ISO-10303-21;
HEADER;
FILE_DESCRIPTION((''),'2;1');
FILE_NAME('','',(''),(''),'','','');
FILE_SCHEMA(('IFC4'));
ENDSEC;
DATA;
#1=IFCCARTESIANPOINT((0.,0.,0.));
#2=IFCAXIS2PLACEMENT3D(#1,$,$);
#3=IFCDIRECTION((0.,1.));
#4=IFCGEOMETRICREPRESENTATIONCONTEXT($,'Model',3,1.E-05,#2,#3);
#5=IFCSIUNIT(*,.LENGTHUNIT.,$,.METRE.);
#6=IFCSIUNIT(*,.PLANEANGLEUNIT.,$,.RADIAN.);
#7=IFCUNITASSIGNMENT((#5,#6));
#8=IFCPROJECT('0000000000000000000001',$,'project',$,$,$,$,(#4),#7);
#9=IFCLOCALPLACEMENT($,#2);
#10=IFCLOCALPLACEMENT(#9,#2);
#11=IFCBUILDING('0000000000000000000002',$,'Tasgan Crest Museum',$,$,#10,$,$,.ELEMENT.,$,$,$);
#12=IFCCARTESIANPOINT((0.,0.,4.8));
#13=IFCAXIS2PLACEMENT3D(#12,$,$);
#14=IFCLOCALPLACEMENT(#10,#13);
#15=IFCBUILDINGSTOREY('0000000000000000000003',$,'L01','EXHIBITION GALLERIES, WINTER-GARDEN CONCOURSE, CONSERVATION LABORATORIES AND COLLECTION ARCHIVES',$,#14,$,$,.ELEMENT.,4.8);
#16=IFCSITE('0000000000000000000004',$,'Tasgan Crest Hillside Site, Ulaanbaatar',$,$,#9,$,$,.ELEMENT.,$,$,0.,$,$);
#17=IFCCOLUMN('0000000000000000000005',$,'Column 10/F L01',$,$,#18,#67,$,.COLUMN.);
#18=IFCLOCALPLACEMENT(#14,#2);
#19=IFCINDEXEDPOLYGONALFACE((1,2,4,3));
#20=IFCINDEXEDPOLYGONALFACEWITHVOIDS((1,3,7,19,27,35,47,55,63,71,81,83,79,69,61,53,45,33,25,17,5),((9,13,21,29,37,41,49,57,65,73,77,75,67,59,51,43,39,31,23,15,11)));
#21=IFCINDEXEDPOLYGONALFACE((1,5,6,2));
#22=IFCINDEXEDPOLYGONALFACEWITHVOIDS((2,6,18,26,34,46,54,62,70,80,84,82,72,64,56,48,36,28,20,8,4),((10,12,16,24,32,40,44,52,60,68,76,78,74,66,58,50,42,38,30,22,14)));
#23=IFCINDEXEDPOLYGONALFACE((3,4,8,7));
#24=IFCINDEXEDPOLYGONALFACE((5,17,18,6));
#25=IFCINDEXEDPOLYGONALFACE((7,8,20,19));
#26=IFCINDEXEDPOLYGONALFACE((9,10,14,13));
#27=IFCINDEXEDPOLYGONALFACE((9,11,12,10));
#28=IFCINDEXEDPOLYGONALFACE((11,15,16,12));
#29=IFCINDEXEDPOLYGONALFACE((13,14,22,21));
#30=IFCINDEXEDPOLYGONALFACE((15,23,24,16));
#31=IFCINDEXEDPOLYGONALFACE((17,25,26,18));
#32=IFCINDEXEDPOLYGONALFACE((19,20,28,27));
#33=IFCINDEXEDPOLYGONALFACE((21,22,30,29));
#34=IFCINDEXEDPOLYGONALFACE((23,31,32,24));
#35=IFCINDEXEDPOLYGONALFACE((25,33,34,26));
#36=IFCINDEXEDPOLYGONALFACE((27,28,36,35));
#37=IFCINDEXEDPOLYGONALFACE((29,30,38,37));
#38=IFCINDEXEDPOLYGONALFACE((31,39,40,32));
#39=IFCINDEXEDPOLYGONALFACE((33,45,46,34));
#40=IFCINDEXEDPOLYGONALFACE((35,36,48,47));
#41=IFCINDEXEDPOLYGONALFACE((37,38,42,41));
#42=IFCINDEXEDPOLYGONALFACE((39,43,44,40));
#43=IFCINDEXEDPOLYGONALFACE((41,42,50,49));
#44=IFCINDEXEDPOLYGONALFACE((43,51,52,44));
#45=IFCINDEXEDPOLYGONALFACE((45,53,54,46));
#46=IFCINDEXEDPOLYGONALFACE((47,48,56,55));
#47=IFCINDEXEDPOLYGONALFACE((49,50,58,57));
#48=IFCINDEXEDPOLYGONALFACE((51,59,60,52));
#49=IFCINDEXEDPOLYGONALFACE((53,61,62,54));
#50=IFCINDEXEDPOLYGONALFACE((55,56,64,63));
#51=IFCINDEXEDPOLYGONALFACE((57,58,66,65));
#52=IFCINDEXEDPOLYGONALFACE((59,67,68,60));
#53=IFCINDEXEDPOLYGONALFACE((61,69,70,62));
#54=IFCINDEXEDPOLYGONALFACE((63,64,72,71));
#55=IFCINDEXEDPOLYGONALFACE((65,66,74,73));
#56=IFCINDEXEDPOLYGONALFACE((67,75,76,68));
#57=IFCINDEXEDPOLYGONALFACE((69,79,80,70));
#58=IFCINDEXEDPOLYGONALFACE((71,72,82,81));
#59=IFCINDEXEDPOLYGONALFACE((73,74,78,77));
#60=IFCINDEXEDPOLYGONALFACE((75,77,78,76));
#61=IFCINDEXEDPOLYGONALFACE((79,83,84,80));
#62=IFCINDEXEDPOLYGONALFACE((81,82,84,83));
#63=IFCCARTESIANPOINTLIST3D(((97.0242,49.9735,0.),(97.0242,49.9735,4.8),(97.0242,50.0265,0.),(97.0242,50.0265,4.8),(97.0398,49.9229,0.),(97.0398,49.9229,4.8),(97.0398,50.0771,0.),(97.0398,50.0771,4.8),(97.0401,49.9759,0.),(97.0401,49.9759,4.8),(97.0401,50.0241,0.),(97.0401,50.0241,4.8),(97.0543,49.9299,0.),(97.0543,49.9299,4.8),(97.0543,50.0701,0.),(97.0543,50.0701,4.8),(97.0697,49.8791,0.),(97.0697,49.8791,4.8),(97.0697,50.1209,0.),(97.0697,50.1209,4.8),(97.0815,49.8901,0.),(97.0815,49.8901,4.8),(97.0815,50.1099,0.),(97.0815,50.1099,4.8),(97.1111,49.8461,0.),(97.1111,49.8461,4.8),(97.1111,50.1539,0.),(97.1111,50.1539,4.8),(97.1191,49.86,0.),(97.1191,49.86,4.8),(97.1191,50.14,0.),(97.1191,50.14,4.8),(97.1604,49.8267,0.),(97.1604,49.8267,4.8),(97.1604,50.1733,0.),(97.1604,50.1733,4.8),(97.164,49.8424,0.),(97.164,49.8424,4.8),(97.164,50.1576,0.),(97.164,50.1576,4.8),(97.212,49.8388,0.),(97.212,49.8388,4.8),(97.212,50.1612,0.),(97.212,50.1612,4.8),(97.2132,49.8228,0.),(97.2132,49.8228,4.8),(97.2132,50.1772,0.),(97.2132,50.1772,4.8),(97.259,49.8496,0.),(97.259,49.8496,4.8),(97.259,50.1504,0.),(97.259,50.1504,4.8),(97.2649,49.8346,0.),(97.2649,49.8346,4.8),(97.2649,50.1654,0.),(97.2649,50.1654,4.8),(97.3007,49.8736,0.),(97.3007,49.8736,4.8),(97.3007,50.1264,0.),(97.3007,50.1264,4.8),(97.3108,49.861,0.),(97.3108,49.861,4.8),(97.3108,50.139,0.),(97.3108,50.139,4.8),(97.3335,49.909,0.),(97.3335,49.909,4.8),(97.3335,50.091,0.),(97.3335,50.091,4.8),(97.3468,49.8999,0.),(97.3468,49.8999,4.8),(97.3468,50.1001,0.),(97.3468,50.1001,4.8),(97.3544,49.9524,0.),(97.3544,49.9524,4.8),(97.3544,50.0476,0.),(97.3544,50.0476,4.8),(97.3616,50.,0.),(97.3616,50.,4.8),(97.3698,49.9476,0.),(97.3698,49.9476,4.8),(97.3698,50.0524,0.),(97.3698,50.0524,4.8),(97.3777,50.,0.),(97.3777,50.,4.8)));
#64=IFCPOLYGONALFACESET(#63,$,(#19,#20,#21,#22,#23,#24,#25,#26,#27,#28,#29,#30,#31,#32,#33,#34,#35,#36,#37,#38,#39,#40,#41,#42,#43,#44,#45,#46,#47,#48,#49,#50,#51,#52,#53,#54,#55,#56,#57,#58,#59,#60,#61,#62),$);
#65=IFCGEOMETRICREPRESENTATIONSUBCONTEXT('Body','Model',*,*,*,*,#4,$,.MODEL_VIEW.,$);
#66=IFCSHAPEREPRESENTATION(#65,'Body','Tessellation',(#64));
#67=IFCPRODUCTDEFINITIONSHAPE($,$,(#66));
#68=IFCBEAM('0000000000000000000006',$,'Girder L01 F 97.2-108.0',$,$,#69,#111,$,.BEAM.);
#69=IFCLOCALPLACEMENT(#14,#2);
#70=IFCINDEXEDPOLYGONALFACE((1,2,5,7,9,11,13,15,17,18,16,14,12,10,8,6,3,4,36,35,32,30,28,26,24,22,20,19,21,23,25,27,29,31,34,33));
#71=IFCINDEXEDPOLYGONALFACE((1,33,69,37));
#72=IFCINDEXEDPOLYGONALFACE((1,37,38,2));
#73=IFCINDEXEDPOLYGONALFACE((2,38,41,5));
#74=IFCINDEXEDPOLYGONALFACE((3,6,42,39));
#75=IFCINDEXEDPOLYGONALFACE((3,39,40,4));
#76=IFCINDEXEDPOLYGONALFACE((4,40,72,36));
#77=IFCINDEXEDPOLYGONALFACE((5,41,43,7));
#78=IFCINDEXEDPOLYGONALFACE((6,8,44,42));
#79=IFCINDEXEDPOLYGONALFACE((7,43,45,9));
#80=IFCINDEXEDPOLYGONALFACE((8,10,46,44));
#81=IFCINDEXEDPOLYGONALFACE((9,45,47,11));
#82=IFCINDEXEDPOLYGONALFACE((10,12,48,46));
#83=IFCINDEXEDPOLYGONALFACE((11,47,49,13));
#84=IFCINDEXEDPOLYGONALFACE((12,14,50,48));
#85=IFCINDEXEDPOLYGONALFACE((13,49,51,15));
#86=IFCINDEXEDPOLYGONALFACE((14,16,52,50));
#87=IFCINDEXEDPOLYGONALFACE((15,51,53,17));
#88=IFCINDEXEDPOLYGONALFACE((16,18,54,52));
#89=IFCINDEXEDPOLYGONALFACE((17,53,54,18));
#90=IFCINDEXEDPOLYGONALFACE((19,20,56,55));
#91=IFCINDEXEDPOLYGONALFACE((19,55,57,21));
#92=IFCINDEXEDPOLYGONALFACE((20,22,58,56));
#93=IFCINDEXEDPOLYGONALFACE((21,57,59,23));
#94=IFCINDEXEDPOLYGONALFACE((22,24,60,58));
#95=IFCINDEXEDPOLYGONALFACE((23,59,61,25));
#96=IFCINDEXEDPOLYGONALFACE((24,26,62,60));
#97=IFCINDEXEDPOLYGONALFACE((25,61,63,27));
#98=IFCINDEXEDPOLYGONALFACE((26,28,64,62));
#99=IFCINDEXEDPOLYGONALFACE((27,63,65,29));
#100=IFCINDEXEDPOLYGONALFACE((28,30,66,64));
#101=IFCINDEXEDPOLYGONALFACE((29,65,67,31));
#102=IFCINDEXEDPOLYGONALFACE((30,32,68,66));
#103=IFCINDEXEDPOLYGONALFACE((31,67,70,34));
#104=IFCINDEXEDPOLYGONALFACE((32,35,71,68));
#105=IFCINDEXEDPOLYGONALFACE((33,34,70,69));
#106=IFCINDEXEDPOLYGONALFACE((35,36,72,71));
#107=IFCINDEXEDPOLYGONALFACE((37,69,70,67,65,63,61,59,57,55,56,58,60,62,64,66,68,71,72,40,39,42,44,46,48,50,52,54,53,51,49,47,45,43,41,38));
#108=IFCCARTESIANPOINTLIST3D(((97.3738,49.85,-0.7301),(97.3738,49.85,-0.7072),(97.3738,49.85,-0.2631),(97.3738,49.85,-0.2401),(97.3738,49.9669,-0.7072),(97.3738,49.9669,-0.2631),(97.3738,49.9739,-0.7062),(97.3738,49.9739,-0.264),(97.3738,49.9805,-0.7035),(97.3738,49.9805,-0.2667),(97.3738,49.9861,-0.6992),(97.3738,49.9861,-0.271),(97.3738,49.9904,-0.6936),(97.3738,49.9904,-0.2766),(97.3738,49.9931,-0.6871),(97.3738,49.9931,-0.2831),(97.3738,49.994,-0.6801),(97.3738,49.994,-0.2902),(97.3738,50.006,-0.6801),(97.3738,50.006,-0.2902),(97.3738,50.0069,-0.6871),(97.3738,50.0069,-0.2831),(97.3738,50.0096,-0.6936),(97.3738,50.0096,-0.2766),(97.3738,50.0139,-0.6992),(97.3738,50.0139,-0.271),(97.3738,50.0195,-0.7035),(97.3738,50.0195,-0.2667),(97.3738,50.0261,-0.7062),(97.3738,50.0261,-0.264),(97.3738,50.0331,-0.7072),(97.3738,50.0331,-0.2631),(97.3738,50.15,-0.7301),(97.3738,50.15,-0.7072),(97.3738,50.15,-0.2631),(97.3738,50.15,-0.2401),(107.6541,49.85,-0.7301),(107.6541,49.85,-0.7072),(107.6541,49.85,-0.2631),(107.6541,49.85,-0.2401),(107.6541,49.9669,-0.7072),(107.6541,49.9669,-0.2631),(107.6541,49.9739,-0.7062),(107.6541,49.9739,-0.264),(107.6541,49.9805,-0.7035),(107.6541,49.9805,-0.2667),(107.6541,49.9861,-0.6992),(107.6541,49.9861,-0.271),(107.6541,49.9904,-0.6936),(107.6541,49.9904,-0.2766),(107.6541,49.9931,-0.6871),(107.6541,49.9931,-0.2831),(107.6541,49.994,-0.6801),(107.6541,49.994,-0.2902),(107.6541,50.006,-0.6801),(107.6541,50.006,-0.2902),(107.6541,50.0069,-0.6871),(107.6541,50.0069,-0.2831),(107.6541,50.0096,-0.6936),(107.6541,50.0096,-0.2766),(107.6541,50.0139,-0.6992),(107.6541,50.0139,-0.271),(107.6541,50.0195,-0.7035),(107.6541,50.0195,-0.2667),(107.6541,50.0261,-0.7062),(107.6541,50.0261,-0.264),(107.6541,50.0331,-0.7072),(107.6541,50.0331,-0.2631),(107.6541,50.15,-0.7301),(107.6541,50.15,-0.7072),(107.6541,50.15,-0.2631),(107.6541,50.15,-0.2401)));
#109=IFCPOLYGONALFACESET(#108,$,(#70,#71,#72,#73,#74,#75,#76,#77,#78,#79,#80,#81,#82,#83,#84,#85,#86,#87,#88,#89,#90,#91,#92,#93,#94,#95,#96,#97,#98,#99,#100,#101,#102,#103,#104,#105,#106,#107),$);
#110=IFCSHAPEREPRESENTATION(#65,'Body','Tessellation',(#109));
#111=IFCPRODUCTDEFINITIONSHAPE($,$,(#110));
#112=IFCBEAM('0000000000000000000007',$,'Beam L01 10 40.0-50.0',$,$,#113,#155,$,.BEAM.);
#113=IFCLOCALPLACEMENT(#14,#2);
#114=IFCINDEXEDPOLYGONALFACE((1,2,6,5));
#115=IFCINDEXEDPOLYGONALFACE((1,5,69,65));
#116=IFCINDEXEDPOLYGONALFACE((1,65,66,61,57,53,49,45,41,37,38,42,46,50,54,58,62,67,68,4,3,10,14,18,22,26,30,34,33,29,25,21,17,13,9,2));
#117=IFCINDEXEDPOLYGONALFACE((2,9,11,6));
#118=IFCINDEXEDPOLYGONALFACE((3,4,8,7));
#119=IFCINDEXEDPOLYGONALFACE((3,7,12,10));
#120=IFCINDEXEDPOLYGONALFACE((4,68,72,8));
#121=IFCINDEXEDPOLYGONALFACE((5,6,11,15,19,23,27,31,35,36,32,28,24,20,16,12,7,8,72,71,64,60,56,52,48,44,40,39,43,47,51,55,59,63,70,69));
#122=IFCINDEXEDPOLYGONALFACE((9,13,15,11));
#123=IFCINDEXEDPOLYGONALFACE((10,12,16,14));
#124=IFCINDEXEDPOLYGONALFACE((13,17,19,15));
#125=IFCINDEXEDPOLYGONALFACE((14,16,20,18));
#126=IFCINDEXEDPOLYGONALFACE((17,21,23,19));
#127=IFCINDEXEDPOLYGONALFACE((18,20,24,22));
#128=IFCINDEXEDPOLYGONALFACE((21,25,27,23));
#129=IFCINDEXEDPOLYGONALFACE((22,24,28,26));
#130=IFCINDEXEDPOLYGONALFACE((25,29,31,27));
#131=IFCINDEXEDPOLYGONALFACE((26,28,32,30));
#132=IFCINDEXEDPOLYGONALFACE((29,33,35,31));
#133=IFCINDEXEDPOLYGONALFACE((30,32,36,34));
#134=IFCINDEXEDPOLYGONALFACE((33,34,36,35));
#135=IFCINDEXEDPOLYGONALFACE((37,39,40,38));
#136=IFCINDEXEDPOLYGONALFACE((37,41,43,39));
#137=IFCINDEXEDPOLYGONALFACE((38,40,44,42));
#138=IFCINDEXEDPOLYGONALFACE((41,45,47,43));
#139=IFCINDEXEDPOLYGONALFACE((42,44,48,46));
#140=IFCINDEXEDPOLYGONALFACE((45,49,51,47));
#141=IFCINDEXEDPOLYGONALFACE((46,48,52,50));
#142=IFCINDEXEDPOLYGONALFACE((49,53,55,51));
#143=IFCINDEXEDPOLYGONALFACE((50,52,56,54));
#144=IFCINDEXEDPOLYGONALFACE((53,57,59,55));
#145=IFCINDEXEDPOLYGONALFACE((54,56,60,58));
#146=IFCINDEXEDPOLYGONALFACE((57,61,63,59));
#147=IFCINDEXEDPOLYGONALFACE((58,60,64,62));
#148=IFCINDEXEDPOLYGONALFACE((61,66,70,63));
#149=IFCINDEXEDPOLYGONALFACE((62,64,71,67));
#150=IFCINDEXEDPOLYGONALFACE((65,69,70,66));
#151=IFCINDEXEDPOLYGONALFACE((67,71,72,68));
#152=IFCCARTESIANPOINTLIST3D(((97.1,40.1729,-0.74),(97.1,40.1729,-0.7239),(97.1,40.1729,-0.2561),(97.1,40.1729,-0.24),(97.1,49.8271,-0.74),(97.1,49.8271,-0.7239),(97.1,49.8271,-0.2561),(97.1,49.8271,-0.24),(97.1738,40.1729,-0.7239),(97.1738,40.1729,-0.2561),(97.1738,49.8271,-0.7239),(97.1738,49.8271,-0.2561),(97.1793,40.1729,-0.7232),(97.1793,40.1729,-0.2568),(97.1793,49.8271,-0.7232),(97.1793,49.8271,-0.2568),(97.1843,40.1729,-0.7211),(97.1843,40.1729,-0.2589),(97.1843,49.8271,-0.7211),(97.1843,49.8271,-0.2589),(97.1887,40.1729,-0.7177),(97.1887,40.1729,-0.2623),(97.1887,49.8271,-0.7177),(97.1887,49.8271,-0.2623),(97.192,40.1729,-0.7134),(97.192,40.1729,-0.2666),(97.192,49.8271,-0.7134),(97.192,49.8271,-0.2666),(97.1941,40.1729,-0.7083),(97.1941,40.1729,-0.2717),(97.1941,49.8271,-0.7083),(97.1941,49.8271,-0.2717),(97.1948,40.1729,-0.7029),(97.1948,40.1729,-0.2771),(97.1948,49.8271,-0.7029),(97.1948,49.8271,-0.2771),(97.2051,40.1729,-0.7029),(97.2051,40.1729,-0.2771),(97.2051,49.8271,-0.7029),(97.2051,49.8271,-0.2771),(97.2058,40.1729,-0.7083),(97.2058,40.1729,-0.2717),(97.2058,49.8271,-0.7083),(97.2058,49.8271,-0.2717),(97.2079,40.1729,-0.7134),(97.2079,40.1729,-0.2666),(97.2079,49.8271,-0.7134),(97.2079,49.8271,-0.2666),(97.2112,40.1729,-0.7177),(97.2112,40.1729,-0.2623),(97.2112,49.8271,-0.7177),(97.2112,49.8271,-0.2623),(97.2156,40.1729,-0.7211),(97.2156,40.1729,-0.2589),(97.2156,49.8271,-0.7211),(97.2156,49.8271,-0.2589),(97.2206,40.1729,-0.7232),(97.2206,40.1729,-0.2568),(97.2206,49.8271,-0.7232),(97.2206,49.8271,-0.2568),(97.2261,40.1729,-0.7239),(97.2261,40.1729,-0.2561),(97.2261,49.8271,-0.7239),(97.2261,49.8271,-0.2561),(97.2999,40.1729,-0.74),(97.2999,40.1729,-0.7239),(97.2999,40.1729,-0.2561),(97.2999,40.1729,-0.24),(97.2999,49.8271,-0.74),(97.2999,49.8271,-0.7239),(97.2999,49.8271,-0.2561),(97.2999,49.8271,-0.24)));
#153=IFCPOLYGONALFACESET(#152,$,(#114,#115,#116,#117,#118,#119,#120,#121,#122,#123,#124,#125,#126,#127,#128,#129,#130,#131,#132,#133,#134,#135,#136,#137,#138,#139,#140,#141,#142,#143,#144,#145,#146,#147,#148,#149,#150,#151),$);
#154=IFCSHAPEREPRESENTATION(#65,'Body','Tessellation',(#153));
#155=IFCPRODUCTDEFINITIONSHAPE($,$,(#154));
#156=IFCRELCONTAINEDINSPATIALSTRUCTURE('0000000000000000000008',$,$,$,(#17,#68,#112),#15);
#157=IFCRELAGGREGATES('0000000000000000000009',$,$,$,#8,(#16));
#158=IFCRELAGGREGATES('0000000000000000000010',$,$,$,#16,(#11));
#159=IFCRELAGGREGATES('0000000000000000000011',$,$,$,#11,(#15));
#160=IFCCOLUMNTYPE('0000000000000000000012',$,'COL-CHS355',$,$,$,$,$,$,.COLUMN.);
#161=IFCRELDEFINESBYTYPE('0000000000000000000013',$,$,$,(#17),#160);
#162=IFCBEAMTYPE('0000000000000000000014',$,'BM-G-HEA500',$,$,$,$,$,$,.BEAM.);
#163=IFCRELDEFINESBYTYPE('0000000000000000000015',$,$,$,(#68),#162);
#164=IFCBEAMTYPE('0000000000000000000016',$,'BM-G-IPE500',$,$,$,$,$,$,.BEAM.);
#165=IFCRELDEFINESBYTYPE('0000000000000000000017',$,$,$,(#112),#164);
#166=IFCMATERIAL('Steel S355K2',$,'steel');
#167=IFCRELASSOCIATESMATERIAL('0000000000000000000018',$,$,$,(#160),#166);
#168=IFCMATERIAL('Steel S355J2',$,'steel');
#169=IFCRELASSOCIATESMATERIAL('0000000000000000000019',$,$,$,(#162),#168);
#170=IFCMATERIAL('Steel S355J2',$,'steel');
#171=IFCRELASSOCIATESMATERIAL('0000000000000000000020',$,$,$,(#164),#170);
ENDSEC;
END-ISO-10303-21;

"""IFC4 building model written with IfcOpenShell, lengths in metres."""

from ifc_helpers import new_model, si_unit, direction, frame, origin, origin_2d, place, context, subcontext, project, spatial, hollow_circle, i_section, extrude, material, material_profile, profile_set, type_object, element, save


model = new_model("IFC4")

# Units and contexts
model_context = context("Model", 3, precision=1e-05, world=origin(), true_north=direction((0.0, 1.0)))
body_context = subcontext(model_context, "Body", "Model", "MODEL_VIEW")
ifc_project = project(units=[si_unit("LENGTHUNIT", "METRE"), si_unit("PLANEANGLEUNIT", "RADIAN")], contexts=[model_context])

# Site, building, storey
site_placement = place(None, origin())
site = spatial("IfcSite", under=ifc_project, at=site_placement, Name="Tasgan Crest Hillside Site, Ulaanbaatar", CompositionType="ELEMENT", RefElevation=0.0)
building_placement = place(site_placement, origin())
building = spatial("IfcBuilding", under=site, at=building_placement, Name="Tasgan Crest Museum", CompositionType="ELEMENT")
storey_placement = place(building_placement, frame((0.0, 0.0, 4.8)))
storey = spatial("IfcBuildingStorey", under=building, at=storey_placement, Name="L01", Description="EXHIBITION GALLERIES, WINTER-GARDEN CONCOURSE, CONSERVATION LABORATORIES AND COLLECTION ARCHIVES", CompositionType="ELEMENT", Elevation=4.8)

# Column
ifc_material_1 = material(Name="Steel S355K2", Category="steel")
ifc_material_profile_1 = material_profile(ifc_material_1, hollow_circle(Radius=0.1777, WallThickness=0.0161, at=origin_2d()), Name="CHS 355.6x16")
ifc_profile_set_1 = profile_set([ifc_material_profile_1], Name="Steel S355K2")
column_type = type_object("IfcColumnType", Name="COL-CHS355", PredefinedType="COLUMN", material=ifc_profile_set_1)
column_placement = place(storey_placement, frame((97.2, 50.0, 0.0), z_axis=(0.0, 0.0, 1.0), x_axis=(1.0, 0.0, 0.0)))
element("IfcColumn", 1, at=column_placement, inside=storey, type_object=column_type, Name="Column 10/F L01", PredefinedType="COLUMN", context=body_context, shape_type="SweptSolid", body=[
    extrude(hollow_circle(Radius=0.1777, WallThickness=0.0161, at=origin_2d()), origin(), (0.0, 0.0, 1.0), 4.8),
])

# Beams
ifc_material_2 = material(Name="Steel S355J2", Category="steel")
ifc_material_profile_2 = material_profile(ifc_material_2, i_section(OverallWidth=0.3, OverallDepth=0.49, WebThickness=0.012, FlangeThickness=0.0229, FilletRadius=0.0271, at=origin_2d()), Name="HEA 500")
ifc_profile_set_2 = profile_set([ifc_material_profile_2], Name="Steel S355J2")
beam_type_1 = type_object("IfcBeamType", Name="BM-G-HEA500", PredefinedType="BEAM", material=ifc_profile_set_2)
beam_1_placement = place(storey_placement, frame((97.3738, 50.0, -0.4851), z_axis=(1.0, 0.0, 0.0), x_axis=(0.0, 1.0, 0.0)))
element("IfcBeam", 2, at=beam_1_placement, inside=storey, type_object=beam_type_1, Name="Girder L01 F 97.2-108.0", PredefinedType="BEAM", context=body_context, shape_type="SweptSolid", body=[
    extrude(i_section(OverallWidth=0.3, OverallDepth=0.49, WebThickness=0.012, FlangeThickness=0.0229, FilletRadius=0.0271, at=origin_2d()), origin(), (0.0, 0.0, 1.0), 10.2803),
])
ifc_material_3 = material(Name="Steel S355J2", Category="steel")
ifc_material_profile_3 = material_profile(ifc_material_3, i_section(OverallWidth=0.2, OverallDepth=0.5, WebThickness=0.0103, FlangeThickness=0.0161, FilletRadius=0.021, at=origin_2d()), Name="IPE 500")
ifc_profile_set_3 = profile_set([ifc_material_profile_3], Name="Steel S355J2")
beam_type_2 = type_object("IfcBeamType", Name="BM-G-IPE500", PredefinedType="BEAM", material=ifc_profile_set_3)
beam_2_placement = place(storey_placement, frame((97.2, 40.1729, -0.49), z_axis=(0.0, 1.0, 0.0), x_axis=(-1.0, 0.0, 0.0)))
element("IfcBeam", 3, at=beam_2_placement, inside=storey, type_object=beam_type_2, Name="Beam L01 10 40.0-50.0", PredefinedType="BEAM", context=body_context, shape_type="SweptSolid", body=[
    extrude(i_section(OverallWidth=0.2, OverallDepth=0.5, WebThickness=0.0103, FlangeThickness=0.0161, FilletRadius=0.021, at=origin_2d()), origin(), (0.0, 0.0, 1.0), 9.6543),
])

save(model, "model.ifc")
